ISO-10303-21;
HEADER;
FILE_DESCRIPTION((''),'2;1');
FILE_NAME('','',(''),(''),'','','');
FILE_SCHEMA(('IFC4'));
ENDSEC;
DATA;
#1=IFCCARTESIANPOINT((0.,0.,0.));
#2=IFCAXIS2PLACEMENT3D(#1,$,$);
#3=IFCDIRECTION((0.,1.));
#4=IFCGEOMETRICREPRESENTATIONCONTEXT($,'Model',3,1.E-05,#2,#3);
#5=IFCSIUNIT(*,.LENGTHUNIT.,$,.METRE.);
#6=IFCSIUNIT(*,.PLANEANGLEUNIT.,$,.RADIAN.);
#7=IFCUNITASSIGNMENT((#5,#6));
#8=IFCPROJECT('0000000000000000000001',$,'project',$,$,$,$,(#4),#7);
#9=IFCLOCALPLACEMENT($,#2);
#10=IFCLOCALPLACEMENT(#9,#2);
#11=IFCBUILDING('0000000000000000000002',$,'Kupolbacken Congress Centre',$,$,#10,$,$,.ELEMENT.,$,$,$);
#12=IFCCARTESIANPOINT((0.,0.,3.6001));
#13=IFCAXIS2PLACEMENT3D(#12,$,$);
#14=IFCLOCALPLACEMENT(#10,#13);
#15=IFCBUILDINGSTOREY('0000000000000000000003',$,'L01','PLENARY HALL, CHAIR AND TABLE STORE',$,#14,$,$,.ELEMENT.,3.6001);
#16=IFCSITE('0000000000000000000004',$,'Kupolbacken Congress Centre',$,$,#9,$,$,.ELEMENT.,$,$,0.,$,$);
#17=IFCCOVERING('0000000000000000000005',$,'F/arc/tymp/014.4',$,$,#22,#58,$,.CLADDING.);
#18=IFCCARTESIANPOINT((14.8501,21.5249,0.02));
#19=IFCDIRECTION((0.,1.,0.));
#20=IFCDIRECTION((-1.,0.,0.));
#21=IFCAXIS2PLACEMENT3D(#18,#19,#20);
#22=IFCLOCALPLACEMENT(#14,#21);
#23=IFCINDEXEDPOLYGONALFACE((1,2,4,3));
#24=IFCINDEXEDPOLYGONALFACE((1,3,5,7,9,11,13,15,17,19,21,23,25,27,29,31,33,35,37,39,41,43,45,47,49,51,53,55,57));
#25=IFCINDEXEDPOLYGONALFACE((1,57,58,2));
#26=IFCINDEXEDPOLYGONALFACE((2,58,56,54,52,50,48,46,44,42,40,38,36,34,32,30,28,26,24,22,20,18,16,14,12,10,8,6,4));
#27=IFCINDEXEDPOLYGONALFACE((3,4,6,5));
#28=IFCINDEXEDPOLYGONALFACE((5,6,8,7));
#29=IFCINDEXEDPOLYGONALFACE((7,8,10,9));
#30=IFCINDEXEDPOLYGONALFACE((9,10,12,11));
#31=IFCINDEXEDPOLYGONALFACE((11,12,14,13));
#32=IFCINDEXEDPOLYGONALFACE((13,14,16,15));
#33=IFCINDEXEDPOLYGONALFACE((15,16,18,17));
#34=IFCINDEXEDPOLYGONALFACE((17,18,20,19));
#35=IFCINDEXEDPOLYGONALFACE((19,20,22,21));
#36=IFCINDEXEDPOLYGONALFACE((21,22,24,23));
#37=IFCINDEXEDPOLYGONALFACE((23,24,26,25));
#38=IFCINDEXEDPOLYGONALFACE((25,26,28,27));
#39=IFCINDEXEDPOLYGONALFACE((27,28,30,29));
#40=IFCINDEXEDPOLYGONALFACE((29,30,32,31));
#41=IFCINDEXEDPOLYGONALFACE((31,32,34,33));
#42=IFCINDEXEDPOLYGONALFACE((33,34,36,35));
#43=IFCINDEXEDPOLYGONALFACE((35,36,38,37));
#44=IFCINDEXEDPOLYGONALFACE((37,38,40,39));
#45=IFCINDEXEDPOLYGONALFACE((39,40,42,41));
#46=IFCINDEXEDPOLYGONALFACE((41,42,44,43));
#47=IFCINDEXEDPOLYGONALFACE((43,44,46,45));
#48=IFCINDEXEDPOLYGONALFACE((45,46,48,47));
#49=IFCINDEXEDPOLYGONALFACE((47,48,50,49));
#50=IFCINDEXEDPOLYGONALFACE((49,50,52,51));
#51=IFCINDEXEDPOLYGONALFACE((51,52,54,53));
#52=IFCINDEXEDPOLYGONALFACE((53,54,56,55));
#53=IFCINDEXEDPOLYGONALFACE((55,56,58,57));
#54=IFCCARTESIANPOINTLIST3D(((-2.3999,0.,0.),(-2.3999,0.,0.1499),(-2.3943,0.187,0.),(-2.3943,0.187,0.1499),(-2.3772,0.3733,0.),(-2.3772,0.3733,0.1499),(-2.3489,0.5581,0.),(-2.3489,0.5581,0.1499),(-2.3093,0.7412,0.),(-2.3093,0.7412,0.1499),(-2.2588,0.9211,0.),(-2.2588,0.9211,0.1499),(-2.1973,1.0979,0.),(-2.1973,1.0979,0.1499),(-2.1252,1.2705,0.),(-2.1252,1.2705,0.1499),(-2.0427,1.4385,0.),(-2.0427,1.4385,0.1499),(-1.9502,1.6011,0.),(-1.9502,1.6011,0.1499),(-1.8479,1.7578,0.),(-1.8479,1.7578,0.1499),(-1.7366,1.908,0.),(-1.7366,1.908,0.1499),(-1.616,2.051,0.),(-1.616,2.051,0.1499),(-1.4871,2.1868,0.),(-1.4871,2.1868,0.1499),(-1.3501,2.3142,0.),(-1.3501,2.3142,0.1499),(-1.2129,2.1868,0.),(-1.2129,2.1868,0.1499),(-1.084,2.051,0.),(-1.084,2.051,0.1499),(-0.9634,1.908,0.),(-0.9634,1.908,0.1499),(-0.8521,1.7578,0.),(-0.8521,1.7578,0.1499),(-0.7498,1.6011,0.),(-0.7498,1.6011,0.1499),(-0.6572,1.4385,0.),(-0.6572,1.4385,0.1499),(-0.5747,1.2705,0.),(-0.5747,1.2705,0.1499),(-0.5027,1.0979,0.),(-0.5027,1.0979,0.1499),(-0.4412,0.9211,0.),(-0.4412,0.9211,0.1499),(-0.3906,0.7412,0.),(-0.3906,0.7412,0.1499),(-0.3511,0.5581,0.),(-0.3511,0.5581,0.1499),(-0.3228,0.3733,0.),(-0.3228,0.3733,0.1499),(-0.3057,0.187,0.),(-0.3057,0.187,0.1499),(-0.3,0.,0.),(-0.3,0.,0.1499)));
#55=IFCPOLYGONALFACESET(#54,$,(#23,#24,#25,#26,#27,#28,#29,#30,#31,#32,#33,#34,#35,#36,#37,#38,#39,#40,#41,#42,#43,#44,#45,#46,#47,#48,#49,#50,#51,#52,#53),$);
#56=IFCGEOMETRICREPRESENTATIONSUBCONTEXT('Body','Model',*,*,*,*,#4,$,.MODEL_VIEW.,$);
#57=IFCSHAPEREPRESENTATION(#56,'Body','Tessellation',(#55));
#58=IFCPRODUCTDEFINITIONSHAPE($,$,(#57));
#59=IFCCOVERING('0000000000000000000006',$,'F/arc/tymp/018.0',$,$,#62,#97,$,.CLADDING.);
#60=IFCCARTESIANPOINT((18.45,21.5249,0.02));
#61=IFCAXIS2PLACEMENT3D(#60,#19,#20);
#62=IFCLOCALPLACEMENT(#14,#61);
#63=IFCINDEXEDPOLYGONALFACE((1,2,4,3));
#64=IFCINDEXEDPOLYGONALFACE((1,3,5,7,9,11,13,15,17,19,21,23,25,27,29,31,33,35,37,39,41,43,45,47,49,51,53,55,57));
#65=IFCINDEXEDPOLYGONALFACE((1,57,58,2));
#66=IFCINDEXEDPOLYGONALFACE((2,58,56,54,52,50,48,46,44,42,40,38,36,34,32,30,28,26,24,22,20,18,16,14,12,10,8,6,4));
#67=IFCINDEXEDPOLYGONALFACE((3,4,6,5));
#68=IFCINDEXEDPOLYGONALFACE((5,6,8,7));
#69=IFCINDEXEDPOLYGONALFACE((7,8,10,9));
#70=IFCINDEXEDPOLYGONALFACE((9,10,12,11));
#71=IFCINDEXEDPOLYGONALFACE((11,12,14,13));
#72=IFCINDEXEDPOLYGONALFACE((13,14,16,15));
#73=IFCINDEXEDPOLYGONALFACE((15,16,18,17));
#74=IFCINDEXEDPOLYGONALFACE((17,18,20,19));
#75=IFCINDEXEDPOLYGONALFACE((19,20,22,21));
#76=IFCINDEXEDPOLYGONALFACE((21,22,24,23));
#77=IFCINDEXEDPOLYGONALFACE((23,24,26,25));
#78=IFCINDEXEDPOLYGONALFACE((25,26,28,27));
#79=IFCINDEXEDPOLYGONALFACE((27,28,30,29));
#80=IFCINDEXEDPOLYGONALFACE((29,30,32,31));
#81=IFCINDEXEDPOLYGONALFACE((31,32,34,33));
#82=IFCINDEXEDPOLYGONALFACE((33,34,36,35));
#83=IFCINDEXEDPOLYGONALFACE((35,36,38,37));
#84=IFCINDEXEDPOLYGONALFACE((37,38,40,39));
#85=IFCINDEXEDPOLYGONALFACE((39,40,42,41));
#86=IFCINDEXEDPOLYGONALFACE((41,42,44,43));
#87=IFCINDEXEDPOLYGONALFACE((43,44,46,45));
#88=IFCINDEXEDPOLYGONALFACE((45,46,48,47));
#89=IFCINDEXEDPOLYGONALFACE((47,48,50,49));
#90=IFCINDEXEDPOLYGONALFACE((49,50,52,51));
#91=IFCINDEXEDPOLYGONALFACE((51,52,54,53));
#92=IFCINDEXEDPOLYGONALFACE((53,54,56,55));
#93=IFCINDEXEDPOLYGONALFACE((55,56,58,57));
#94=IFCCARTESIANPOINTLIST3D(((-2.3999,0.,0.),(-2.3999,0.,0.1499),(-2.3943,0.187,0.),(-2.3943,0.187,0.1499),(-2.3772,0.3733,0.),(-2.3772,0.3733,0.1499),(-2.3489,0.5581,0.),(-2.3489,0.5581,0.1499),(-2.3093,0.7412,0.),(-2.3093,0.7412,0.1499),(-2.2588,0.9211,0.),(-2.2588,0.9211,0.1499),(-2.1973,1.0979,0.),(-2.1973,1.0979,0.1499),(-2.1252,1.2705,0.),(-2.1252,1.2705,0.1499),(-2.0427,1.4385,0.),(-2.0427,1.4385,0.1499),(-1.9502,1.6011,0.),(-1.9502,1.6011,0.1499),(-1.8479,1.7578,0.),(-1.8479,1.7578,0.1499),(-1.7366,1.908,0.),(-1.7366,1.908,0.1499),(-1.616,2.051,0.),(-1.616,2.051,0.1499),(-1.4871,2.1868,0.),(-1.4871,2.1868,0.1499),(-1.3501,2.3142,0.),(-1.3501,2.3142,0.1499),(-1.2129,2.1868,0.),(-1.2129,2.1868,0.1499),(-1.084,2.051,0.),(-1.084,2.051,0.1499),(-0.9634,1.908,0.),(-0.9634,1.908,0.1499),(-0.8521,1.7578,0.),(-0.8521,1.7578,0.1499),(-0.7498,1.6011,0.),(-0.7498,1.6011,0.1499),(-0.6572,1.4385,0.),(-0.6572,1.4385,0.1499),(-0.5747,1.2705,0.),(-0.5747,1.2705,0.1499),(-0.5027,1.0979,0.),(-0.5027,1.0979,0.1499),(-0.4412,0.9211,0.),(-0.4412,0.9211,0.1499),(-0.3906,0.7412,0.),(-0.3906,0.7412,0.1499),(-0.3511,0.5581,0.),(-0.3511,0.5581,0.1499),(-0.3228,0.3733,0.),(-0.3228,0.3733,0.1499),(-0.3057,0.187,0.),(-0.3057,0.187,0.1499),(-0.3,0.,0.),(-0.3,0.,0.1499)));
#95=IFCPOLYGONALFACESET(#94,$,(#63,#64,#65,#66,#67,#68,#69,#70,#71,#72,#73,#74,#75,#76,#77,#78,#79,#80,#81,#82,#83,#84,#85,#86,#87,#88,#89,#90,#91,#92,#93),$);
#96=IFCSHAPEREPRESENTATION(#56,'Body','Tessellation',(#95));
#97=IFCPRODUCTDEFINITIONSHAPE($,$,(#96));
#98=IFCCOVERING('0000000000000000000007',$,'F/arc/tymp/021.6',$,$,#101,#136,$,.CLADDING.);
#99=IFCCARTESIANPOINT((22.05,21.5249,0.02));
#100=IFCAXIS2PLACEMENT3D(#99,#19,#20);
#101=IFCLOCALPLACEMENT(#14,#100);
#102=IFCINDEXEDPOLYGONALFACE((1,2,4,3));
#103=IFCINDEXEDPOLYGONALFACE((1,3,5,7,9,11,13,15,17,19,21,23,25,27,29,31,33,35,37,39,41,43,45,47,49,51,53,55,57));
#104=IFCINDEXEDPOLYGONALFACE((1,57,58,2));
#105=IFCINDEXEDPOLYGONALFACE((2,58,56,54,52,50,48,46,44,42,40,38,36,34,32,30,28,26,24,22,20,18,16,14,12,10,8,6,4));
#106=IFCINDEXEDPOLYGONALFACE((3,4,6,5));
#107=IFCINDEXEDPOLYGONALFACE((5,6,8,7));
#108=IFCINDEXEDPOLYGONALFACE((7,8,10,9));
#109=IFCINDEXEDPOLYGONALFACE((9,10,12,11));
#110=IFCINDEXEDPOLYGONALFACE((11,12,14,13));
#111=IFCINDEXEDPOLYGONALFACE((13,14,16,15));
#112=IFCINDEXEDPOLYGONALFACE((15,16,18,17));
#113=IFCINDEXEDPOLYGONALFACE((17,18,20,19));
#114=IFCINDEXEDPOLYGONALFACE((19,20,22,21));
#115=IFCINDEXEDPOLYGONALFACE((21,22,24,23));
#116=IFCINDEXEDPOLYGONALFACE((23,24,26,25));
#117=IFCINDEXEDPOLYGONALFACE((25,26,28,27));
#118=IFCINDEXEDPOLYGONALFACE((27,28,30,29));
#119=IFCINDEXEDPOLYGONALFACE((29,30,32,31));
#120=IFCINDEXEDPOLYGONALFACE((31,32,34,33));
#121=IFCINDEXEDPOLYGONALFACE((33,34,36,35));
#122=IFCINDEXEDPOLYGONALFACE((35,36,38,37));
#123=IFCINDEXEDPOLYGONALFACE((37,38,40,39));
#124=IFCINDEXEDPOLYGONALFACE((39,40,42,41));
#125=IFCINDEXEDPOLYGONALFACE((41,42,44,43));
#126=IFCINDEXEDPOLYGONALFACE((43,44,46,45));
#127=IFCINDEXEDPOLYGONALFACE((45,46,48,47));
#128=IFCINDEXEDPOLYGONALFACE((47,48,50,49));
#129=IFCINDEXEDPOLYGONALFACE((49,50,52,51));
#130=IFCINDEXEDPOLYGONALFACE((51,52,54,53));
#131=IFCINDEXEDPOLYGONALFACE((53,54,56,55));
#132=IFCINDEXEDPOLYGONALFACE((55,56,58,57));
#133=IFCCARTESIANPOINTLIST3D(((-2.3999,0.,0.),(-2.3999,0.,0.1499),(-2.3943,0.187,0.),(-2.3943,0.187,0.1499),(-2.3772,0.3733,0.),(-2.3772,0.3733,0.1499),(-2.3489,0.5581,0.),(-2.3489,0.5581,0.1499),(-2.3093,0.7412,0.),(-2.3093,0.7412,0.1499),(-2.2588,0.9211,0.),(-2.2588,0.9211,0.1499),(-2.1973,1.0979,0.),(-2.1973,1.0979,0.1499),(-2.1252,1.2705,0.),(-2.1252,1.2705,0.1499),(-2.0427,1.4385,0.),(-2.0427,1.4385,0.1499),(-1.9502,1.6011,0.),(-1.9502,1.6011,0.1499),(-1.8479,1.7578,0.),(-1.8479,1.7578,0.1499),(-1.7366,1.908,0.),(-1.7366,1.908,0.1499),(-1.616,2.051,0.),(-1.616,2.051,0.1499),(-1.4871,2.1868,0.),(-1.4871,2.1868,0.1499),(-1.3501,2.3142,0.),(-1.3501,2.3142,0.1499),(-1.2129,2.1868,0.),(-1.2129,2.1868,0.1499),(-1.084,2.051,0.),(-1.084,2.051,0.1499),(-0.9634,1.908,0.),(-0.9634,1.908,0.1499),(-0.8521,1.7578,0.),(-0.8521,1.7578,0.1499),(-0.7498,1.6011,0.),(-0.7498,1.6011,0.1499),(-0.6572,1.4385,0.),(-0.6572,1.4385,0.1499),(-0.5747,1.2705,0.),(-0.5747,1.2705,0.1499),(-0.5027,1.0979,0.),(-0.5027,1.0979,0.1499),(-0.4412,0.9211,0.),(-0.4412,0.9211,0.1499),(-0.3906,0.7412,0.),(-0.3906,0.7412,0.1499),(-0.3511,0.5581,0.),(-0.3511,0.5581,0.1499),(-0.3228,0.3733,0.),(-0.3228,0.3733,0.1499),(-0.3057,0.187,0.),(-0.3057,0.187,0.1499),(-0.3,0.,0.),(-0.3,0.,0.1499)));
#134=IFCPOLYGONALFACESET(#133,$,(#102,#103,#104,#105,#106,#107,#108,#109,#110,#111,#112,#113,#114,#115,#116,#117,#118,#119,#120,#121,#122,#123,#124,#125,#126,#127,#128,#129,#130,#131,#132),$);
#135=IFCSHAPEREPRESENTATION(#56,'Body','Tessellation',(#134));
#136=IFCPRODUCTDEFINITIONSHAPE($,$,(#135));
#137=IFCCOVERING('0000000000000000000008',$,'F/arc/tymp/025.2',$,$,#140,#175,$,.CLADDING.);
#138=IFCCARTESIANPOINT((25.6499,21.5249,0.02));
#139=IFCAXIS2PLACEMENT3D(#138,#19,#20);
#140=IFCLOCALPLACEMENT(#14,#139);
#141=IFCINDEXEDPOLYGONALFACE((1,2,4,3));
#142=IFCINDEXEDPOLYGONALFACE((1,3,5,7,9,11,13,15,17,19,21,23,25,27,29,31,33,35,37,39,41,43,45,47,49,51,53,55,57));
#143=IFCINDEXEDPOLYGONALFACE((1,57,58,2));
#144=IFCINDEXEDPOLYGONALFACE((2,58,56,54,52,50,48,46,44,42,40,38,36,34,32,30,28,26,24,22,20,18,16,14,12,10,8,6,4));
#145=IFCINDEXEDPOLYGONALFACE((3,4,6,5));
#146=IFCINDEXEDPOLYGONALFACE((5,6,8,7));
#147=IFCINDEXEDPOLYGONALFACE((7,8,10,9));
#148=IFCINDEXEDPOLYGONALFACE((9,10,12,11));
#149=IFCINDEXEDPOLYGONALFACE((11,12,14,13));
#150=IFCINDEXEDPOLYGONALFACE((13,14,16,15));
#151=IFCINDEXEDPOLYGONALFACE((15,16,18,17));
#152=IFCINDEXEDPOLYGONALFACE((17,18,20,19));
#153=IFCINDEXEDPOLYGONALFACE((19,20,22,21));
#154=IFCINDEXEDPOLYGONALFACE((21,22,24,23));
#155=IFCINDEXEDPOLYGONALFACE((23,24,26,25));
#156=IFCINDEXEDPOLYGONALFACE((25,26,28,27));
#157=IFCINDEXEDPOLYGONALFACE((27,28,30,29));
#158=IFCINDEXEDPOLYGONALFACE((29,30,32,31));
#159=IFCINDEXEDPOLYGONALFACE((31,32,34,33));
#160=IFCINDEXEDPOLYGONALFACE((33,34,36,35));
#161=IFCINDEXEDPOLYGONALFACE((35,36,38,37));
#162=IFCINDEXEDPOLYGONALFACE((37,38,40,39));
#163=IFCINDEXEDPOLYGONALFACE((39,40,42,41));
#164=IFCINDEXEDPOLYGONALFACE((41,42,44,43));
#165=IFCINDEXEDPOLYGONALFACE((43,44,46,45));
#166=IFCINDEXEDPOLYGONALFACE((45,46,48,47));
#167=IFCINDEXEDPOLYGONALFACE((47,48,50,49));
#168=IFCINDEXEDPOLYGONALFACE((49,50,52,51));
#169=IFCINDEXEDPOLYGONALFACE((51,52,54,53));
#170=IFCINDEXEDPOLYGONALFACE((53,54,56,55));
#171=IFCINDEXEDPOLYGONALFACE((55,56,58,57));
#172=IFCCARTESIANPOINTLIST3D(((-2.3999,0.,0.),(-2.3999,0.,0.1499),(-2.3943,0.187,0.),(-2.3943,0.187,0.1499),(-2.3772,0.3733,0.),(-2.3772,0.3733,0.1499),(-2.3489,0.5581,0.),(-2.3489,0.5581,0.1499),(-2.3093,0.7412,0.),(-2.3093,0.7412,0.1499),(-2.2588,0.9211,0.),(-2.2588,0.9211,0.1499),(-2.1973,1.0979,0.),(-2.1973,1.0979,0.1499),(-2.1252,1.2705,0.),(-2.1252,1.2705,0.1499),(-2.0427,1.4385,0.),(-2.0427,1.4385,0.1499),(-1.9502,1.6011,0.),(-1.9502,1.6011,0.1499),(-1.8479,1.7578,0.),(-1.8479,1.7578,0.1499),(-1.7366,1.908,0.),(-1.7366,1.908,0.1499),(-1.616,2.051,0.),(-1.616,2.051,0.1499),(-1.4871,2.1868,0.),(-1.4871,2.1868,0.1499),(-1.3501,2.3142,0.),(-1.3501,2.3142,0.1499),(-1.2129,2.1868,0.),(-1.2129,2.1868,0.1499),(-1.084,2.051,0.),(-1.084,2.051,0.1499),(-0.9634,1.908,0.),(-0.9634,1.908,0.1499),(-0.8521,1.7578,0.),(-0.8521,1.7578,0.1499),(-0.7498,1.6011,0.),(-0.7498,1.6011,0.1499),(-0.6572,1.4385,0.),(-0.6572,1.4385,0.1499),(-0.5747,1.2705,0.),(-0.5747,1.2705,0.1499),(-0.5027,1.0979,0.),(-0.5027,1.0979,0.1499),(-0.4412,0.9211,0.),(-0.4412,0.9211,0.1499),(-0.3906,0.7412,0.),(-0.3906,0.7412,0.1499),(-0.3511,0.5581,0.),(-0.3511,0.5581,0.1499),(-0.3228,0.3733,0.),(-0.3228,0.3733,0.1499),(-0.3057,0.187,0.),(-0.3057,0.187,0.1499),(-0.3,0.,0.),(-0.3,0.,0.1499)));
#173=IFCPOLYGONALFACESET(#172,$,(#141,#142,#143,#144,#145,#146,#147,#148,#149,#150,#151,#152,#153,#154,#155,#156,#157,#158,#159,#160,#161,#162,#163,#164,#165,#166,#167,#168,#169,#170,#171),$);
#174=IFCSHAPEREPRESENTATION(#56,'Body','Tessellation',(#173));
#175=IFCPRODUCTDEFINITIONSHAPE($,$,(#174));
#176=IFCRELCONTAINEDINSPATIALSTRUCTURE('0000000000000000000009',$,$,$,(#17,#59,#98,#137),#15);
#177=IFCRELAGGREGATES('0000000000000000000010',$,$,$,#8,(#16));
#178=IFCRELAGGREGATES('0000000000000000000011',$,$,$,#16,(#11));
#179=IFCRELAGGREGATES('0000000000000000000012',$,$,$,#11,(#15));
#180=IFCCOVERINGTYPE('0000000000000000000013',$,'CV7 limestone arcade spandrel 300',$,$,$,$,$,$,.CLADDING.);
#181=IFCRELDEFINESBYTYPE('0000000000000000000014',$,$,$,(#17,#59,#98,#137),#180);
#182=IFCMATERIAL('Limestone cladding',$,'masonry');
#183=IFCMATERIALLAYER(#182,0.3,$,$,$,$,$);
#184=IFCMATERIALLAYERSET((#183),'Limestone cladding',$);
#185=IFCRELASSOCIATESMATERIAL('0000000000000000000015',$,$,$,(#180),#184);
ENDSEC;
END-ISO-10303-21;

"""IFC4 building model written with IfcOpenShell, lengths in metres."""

from ifc_helpers import new_model, si_unit, direction, frame, origin, place, context, subcontext, project, spatial, polyline, outline, extrude, material, layer, layer_set, type_object, element, save


model = new_model("IFC4")

# Units and contexts
model_context = context("Model", 3, precision=1e-05, world=origin(), true_north=direction((0.0, 1.0)))
body_context = subcontext(model_context, "Body", "Model", "MODEL_VIEW")
ifc_project = project(units=[si_unit("LENGTHUNIT", "METRE"), si_unit("PLANEANGLEUNIT", "RADIAN")], contexts=[model_context])

# Site, building, storey
site_placement = place(None, origin())
site = spatial("IfcSite", under=ifc_project, at=site_placement, Name="Kupolbacken Congress Centre", CompositionType="ELEMENT", RefElevation=0.0)
building_placement = place(site_placement, origin())
building = spatial("IfcBuilding", under=site, at=building_placement, Name="Kupolbacken Congress Centre", CompositionType="ELEMENT")
storey_placement = place(building_placement, frame((0.0, 0.0, 3.6001)))
storey = spatial("IfcBuildingStorey", under=building, at=storey_placement, Name="L01", Description="PLENARY HALL, CHAIR AND TABLE STORE", CompositionType="ELEMENT", Elevation=3.6001)

# Coverings
ifc_material_1 = material(Name="Limestone cladding", Category="masonry")
ifc_layer_1 = layer(ifc_material_1, 0.3)
ifc_layer_set_1 = layer_set([ifc_layer_1], Name="Limestone cladding")
covering_type_1 = type_object("IfcCoveringType", Name="CV7 limestone arcade spandrel 300", PredefinedType="CLADDING", material=ifc_layer_set_1)
covering_1_placement = place(storey_placement, frame((14.8501, 21.5249, 0.02), z_axis=(0.0, 1.0, 0.0), x_axis=(-1.0, 0.0, 0.0)))
element("IfcCovering", 1, at=covering_1_placement, inside=storey, type_object=covering_type_1, Name="F/arc/tymp/014.4", PredefinedType="CLADDING", context=body_context, shape_type="SweptSolid", body=[
    extrude(outline(polyline([(-0.3, 0.0), (-0.3057, 0.187), (-0.3228, 0.3733), (-0.3511, 0.5581), (-0.3906, 0.7412), (-0.4412, 0.9211), (-0.5027, 1.0979), (-0.5747, 1.2705), (-0.6572, 1.4385), (-0.7498, 1.6011), (-0.8521, 1.7578), (-0.9634, 1.908), (-1.084, 2.051), (-1.2129, 2.1868), (-1.3501, 2.3142), (-1.4871, 2.1868), (-1.616, 2.051), (-1.7366, 1.908), (-1.8479, 1.7578), (-1.9502, 1.6011), (-2.0427, 1.4385), (-2.1252, 1.2705), (-2.1973, 1.0979), (-2.2588, 0.9211), (-2.3093, 0.7412), (-2.3489, 0.5581), (-2.3772, 0.3733), (-2.3943, 0.187), (-2.3999, 0.0), (-0.3, 0.0)])), origin(), (0.0, 0.0, 1.0), 0.1499),
])
covering_2_placement = place(storey_placement, frame((18.45, 21.5249, 0.02), z_axis=(0.0, 1.0, 0.0), x_axis=(-1.0, 0.0, 0.0)))
element("IfcCovering", 2, at=covering_2_placement, inside=storey, type_object=covering_type_1, Name="F/arc/tymp/018.0", PredefinedType="CLADDING", context=body_context, shape_type="SweptSolid", body=[
    extrude(outline(polyline([(-0.3, 0.0), (-0.3057, 0.187), (-0.3228, 0.3733), (-0.3511, 0.5581), (-0.3906, 0.7412), (-0.4412, 0.9211), (-0.5027, 1.0979), (-0.5747, 1.2705), (-0.6572, 1.4385), (-0.7498, 1.6011), (-0.8521, 1.7578), (-0.9634, 1.908), (-1.084, 2.051), (-1.2129, 2.1868), (-1.3501, 2.3142), (-1.4871, 2.1868), (-1.616, 2.051), (-1.7366, 1.908), (-1.8479, 1.7578), (-1.9502, 1.6011), (-2.0427, 1.4385), (-2.1252, 1.2705), (-2.1973, 1.0979), (-2.2588, 0.9211), (-2.3093, 0.7412), (-2.3489, 0.5581), (-2.3772, 0.3733), (-2.3943, 0.187), (-2.3999, 0.0), (-0.3, 0.0)])), origin(), (0.0, 0.0, 1.0), 0.1499),
])
covering_3_placement = place(storey_placement, frame((22.05, 21.5249, 0.02), z_axis=(0.0, 1.0, 0.0), x_axis=(-1.0, 0.0, 0.0)))
element("IfcCovering", 3, at=covering_3_placement, inside=storey, type_object=covering_type_1, Name="F/arc/tymp/021.6", PredefinedType="CLADDING", context=body_context, shape_type="SweptSolid", body=[
    extrude(outline(polyline([(-0.3, 0.0), (-0.3057, 0.187), (-0.3228, 0.3733), (-0.3511, 0.5581), (-0.3906, 0.7412), (-0.4412, 0.9211), (-0.5027, 1.0979), (-0.5747, 1.2705), (-0.6572, 1.4385), (-0.7498, 1.6011), (-0.8521, 1.7578), (-0.9634, 1.908), (-1.084, 2.051), (-1.2129, 2.1868), (-1.3501, 2.3142), (-1.4871, 2.1868), (-1.616, 2.051), (-1.7366, 1.908), (-1.8479, 1.7578), (-1.9502, 1.6011), (-2.0427, 1.4385), (-2.1252, 1.2705), (-2.1973, 1.0979), (-2.2588, 0.9211), (-2.3093, 0.7412), (-2.3489, 0.5581), (-2.3772, 0.3733), (-2.3943, 0.187), (-2.3999, 0.0), (-0.3, 0.0)])), origin(), (0.0, 0.0, 1.0), 0.1499),
])
covering_4_placement = place(storey_placement, frame((25.6499, 21.5249, 0.02), z_axis=(0.0, 1.0, 0.0), x_axis=(-1.0, 0.0, 0.0)))
element("IfcCovering", 4, at=covering_4_placement, inside=storey, type_object=covering_type_1, Name="F/arc/tymp/025.2", PredefinedType="CLADDING", context=body_context, shape_type="SweptSolid", body=[
    extrude(outline(polyline([(-0.3, 0.0), (-0.3057, 0.187), (-0.3228, 0.3733), (-0.3511, 0.5581), (-0.3906, 0.7412), (-0.4412, 0.9211), (-0.5027, 1.0979), (-0.5747, 1.2705), (-0.6572, 1.4385), (-0.7498, 1.6011), (-0.8521, 1.7578), (-0.9634, 1.908), (-1.084, 2.051), (-1.2129, 2.1868), (-1.3501, 2.3142), (-1.4871, 2.1868), (-1.616, 2.051), (-1.7366, 1.908), (-1.8479, 1.7578), (-1.9502, 1.6011), (-2.0427, 1.4385), (-2.1252, 1.2705), (-2.1973, 1.0979), (-2.2588, 0.9211), (-2.3093, 0.7412), (-2.3489, 0.5581), (-2.3772, 0.3733), (-2.3943, 0.187), (-2.3999, 0.0), (-0.3, 0.0)])), origin(), (0.0, 0.0, 1.0), 0.1499),
])

save(model, "model.ifc")
